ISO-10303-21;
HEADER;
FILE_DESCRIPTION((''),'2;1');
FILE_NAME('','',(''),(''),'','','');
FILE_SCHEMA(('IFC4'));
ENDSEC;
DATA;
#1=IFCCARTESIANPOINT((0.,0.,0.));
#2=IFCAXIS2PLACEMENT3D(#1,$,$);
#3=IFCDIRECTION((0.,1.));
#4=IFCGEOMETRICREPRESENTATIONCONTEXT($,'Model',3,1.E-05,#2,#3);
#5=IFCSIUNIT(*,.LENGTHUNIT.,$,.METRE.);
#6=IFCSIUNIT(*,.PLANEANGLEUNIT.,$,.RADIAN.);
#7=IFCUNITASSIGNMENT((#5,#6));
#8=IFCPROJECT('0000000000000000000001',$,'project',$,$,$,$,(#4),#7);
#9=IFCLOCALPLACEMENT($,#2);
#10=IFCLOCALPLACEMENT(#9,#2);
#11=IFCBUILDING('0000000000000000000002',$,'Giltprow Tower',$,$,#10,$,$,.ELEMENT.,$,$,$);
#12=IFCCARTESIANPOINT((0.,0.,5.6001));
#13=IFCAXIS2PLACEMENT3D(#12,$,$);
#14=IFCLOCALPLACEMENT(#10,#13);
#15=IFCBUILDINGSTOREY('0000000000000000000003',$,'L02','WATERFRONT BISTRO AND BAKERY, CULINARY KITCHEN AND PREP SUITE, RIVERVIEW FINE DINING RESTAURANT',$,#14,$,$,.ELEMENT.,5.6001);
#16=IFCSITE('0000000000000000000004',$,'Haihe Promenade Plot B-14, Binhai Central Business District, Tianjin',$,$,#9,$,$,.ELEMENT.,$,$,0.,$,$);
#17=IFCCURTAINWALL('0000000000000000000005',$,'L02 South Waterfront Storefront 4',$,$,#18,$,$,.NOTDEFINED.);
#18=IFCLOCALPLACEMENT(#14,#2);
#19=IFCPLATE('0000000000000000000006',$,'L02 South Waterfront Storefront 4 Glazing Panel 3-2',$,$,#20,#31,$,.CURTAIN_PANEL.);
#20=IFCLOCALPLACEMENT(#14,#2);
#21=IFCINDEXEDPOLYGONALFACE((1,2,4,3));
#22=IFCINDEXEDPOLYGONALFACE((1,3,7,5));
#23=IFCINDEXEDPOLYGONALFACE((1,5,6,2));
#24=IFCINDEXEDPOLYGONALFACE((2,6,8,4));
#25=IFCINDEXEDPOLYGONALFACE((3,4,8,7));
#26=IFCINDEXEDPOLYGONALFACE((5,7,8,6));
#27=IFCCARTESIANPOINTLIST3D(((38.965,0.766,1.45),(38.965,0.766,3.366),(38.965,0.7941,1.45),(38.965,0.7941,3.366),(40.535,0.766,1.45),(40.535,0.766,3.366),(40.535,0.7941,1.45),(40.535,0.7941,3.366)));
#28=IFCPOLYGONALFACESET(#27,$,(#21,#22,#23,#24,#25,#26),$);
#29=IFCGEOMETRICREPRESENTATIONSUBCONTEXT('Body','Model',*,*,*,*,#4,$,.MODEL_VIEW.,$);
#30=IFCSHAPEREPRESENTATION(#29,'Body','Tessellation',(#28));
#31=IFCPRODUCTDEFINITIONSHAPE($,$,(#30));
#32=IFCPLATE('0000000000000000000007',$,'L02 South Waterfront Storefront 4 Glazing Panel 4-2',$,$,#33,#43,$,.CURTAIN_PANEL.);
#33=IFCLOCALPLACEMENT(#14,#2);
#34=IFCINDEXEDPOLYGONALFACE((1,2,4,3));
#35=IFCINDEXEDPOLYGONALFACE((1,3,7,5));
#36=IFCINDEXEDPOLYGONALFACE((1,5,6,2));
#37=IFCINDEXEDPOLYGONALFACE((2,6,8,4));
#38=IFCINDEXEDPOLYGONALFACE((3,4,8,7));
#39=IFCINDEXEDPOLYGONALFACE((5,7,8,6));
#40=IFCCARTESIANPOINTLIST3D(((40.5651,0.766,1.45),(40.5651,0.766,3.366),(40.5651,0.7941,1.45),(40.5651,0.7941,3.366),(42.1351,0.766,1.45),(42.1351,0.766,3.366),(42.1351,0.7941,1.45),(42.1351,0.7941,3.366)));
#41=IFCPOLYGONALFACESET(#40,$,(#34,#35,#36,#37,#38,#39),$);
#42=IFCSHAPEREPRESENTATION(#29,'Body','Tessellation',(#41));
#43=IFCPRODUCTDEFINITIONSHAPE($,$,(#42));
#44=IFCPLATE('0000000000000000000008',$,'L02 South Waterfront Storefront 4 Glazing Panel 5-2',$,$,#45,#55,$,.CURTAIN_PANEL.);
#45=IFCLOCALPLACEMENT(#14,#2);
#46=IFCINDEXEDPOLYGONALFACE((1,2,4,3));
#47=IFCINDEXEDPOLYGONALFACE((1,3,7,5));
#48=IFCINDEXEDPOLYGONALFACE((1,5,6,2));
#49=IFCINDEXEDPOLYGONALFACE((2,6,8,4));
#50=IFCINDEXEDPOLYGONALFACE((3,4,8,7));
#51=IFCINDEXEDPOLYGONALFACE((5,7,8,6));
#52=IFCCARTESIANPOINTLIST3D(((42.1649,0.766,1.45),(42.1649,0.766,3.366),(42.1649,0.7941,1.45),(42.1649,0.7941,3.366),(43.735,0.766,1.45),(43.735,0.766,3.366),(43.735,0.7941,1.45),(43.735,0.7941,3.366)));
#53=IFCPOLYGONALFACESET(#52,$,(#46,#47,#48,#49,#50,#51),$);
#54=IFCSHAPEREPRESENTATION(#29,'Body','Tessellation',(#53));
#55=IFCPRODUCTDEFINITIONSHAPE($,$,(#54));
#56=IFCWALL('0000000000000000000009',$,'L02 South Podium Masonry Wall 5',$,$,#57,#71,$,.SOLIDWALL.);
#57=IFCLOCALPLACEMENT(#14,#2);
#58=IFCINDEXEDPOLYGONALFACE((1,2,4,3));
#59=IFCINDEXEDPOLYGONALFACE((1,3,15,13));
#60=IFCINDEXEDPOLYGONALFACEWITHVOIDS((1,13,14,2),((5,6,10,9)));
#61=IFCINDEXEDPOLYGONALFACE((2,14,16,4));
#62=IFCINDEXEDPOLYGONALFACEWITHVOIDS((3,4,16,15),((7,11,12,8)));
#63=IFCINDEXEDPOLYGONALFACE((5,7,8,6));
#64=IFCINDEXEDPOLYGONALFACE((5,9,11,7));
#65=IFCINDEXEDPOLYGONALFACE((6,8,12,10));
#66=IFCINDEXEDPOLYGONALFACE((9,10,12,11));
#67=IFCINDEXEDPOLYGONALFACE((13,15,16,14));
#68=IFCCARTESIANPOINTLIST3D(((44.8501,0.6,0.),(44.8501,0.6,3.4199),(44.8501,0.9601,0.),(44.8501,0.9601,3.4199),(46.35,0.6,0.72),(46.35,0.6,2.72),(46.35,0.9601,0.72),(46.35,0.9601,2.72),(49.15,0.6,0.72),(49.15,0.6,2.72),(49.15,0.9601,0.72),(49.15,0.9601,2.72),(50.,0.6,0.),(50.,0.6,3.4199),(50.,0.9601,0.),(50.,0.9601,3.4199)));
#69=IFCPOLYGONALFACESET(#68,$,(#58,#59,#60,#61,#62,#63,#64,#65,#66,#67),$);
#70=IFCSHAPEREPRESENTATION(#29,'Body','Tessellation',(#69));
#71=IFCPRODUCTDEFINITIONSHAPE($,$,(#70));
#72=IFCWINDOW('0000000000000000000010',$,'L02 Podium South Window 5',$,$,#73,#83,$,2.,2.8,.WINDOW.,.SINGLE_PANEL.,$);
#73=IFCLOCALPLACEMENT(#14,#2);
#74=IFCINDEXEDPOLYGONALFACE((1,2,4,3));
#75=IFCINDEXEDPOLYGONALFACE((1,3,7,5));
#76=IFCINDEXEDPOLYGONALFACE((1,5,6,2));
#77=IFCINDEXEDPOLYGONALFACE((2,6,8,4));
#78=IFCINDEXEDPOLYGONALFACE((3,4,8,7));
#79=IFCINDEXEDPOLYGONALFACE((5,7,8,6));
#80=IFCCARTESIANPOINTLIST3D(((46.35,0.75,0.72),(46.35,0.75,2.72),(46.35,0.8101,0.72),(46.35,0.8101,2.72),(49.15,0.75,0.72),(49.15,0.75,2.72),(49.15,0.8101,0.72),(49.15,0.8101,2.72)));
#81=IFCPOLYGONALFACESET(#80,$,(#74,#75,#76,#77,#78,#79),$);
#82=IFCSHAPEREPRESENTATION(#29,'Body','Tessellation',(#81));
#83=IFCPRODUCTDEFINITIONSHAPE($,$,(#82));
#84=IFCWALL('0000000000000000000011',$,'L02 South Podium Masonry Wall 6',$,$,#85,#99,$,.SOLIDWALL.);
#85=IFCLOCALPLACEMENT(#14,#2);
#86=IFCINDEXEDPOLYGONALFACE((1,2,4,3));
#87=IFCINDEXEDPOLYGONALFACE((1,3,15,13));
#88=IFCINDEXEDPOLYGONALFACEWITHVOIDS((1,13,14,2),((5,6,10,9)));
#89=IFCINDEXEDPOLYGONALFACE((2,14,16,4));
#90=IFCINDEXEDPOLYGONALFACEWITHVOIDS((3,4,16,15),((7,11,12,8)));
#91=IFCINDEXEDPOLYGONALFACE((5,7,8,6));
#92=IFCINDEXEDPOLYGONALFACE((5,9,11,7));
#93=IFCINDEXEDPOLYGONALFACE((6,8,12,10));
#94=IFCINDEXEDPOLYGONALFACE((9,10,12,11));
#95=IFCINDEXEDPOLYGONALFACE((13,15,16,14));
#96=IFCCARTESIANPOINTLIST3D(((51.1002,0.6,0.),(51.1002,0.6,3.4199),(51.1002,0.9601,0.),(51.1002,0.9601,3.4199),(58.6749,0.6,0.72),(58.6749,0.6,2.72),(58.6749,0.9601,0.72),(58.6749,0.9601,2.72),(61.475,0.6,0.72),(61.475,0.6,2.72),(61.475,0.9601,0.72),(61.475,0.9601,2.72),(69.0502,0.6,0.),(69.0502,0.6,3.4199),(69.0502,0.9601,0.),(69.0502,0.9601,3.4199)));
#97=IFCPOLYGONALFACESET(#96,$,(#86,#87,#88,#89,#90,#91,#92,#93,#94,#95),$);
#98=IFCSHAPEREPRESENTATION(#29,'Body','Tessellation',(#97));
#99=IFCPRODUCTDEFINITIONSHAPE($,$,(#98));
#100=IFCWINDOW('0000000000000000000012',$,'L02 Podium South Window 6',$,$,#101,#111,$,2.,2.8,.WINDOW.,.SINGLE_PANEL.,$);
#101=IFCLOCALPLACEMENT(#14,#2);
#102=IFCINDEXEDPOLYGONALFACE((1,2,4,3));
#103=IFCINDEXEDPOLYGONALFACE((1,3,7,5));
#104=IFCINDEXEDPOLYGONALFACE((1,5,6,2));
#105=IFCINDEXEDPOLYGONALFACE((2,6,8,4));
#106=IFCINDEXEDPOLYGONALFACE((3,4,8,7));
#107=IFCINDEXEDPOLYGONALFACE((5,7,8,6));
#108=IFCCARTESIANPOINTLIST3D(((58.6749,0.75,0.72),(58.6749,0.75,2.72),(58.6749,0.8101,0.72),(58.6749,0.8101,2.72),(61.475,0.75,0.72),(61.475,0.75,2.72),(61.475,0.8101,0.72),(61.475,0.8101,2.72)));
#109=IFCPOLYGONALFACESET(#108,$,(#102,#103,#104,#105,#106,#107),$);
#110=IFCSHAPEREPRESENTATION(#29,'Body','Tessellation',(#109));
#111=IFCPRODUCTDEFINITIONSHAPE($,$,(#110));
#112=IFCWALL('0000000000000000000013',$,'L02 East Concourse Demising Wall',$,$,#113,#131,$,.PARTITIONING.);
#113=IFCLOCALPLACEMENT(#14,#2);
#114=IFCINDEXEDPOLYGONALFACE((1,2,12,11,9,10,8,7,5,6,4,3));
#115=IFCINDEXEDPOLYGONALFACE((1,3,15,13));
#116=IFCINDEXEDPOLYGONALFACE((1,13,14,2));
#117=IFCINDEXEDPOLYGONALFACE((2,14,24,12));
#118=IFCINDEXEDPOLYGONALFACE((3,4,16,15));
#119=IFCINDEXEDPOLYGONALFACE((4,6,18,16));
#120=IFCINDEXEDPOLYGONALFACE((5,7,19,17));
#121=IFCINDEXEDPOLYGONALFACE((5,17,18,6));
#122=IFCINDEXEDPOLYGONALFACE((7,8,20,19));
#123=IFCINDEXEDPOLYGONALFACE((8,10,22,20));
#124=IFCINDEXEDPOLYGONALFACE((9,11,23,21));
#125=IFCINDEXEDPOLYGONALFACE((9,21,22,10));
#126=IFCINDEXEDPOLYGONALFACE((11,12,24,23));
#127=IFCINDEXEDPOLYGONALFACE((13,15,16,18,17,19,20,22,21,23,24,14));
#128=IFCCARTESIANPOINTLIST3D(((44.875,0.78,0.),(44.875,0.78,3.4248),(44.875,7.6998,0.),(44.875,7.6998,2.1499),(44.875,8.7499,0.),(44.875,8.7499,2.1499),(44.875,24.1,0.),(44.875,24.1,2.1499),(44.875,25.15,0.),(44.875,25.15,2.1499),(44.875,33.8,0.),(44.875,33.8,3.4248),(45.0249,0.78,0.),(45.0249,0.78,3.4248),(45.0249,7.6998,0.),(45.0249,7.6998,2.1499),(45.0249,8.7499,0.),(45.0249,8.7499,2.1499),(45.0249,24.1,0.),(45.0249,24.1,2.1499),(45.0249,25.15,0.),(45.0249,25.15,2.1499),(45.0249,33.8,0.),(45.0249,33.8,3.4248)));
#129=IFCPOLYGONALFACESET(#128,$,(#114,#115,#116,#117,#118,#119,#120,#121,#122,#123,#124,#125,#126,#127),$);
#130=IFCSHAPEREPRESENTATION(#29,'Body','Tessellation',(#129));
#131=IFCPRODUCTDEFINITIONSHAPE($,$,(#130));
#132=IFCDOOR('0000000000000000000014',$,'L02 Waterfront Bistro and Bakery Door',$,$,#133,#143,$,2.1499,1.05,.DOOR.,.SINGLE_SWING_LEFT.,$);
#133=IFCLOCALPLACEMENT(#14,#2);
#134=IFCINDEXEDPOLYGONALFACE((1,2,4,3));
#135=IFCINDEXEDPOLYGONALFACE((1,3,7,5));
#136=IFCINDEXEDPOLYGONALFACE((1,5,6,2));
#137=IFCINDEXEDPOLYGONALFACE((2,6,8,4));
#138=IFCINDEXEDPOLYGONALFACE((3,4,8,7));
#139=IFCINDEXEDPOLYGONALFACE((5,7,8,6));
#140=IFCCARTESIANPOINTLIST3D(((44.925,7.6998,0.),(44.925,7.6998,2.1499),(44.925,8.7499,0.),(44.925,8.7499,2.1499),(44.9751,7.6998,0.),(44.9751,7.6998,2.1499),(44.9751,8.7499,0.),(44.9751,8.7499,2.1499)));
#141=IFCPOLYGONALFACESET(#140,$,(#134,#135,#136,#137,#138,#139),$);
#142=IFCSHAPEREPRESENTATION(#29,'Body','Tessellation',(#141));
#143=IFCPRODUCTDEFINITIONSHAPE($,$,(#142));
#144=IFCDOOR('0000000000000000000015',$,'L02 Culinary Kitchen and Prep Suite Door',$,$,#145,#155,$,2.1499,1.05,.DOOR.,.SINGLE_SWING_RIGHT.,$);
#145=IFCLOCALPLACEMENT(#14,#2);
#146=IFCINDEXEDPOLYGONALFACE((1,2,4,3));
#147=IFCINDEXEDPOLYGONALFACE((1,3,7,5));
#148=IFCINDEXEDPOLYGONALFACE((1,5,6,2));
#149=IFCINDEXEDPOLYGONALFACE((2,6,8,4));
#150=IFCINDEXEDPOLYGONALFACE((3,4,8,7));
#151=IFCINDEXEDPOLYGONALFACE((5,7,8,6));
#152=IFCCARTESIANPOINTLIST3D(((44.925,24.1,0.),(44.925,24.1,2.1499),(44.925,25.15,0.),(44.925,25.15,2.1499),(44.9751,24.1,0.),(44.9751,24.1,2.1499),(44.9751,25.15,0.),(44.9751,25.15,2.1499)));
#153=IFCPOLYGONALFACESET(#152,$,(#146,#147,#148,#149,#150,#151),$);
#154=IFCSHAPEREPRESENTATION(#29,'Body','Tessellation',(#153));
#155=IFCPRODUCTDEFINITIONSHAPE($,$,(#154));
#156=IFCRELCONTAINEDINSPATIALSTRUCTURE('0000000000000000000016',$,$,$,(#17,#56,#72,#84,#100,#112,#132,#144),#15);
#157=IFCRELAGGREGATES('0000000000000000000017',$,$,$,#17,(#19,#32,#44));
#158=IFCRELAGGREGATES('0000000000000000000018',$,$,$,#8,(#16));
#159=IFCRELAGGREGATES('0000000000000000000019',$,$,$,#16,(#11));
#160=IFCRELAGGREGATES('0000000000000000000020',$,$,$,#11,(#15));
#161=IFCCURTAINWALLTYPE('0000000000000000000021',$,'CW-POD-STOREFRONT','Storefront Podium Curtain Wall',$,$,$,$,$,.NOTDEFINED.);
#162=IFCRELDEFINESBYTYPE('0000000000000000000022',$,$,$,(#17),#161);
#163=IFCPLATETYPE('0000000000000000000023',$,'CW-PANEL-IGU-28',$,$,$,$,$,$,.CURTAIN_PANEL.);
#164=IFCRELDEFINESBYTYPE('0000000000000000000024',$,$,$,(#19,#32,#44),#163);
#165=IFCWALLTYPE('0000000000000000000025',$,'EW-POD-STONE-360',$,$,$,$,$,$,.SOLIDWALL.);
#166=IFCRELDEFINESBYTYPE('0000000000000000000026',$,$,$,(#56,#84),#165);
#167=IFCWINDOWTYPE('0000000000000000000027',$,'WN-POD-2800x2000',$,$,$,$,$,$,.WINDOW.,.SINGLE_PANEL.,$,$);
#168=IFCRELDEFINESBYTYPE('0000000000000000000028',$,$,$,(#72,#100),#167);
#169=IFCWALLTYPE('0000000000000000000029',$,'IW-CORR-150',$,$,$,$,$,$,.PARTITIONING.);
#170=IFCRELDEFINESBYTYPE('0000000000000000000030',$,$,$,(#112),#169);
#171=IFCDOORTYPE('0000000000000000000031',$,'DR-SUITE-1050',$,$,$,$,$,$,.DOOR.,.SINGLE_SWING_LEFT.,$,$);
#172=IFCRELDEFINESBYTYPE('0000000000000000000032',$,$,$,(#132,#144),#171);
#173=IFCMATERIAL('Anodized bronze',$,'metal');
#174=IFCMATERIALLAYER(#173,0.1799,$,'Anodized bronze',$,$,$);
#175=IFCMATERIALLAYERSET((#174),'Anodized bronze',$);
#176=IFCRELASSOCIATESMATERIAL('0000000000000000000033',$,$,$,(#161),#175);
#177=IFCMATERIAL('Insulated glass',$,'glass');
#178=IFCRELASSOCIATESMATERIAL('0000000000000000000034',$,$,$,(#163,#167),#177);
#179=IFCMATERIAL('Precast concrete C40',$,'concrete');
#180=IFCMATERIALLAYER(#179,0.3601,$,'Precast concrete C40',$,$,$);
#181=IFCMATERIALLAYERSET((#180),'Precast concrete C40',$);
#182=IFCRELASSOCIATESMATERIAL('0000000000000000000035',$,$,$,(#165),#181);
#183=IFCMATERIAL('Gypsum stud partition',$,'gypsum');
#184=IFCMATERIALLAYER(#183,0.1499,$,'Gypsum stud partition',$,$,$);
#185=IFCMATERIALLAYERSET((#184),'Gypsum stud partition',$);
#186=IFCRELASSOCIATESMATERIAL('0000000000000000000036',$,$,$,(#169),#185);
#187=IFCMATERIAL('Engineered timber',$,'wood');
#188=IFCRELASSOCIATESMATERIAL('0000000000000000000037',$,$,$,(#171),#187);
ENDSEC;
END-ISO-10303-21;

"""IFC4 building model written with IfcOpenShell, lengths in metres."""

from ifc_helpers import new_model, si_unit, direction, frame, frame_2d, origin, origin_2d, place, context, subcontext, project, spatial, rectangle, extrude, source, transform, mapped, material, layer, layer_set, type_object, element, fill, aggregate, save


model = new_model("IFC4")

# Units and contexts
model_context = context("Model", 3, precision=1e-05, world=origin(), true_north=direction((0.0, 1.0)))
body_context = subcontext(model_context, "Body", "Model", "MODEL_VIEW")
ifc_project = project(units=[si_unit("LENGTHUNIT", "METRE"), si_unit("PLANEANGLEUNIT", "RADIAN")], contexts=[model_context])

# Site, building, storey
site_placement = place(None, origin())
site = spatial("IfcSite", under=ifc_project, at=site_placement, Name="Haihe Promenade Plot B-14, Binhai Central Business District, Tianjin", CompositionType="ELEMENT", RefElevation=0.0)
building_placement = place(site_placement, origin())
building = spatial("IfcBuilding", under=site, at=building_placement, Name="Giltprow Tower", CompositionType="ELEMENT")
storey_placement = place(building_placement, frame((0.0, 0.0, 5.6001)))
storey = spatial("IfcBuildingStorey", under=building, at=storey_placement, Name="L02", Description="WATERFRONT BISTRO AND BAKERY, CULINARY KITCHEN AND PREP SUITE, RIVERVIEW FINE DINING RESTAURANT", CompositionType="ELEMENT", Elevation=5.6001)

# Curtain wall, plates
ifc_material_1 = material(Name="Anodized bronze", Category="metal")
ifc_layer_1 = layer(ifc_material_1, 0.1799, Name="Anodized bronze")
ifc_layer_set_1 = layer_set([ifc_layer_1], Name="Anodized bronze")
curtain_wall_type = type_object("IfcCurtainWallType", Name="CW-POD-STOREFRONT", Description="Storefront Podium Curtain Wall", PredefinedType="NOTDEFINED", material=ifc_layer_set_1)
curtain_wall_placement = place(storey_placement, origin())
curtain_wall = element("IfcCurtainWall", 1, at=curtain_wall_placement, inside=storey, type_object=curtain_wall_type, Name="L02 South Waterfront Storefront 4", PredefinedType="NOTDEFINED")
ifc_material_2 = material(Name="Insulated glass", Category="glass")
plate_type = type_object("IfcPlateType", Name="CW-PANEL-IGU-28", PredefinedType="CURTAIN_PANEL", material=ifc_material_2)
shared_shape_1 = source(origin(), body_context, "Body", "SweptSolid", [
    extrude(rectangle(XDim=1.5701, YDim=0.0281, at=origin_2d()), origin(), (0.0, 0.0, 1.0), 1.916),
])
plate_1_placement = place(storey_placement, frame((39.75, 0.78, 1.45), z_axis=(0.0, 0.0, 1.0), x_axis=(1.0, 0.0, 0.0)))
plate_1 = element("IfcPlate", 2, at=plate_1_placement, type_object=plate_type, Name="L02 South Waterfront Storefront 4 Glazing Panel 3-2", PredefinedType="CURTAIN_PANEL", context=body_context, shape_type="MappedRepresentation", body=[
    mapped(shared_shape_1, transform((0.0, 0.0, 0.0), x_axis=(1.0, 0.0, 0.0), y_axis=(0.0, 1.0, 0.0), z_axis=(0.0, 0.0, 1.0), scale=1.0)),
])
plate_2_placement = place(storey_placement, frame((41.3501, 0.78, 1.45), z_axis=(0.0, 0.0, 1.0), x_axis=(1.0, 0.0, 0.0)))
plate_2 = element("IfcPlate", 3, at=plate_2_placement, type_object=plate_type, Name="L02 South Waterfront Storefront 4 Glazing Panel 4-2", PredefinedType="CURTAIN_PANEL", context=body_context, shape_type="MappedRepresentation", body=[
    mapped(shared_shape_1, transform((0.0, 0.0, 0.0), x_axis=(1.0, 0.0, 0.0), y_axis=(0.0, 1.0, 0.0), z_axis=(0.0, 0.0, 1.0), scale=1.0)),
])
plate_3_placement = place(storey_placement, frame((42.95, 0.78, 1.45), z_axis=(0.0, 0.0, 1.0), x_axis=(1.0, 0.0, 0.0)))
plate_3 = element("IfcPlate", 4, at=plate_3_placement, type_object=plate_type, Name="L02 South Waterfront Storefront 4 Glazing Panel 5-2", PredefinedType="CURTAIN_PANEL", context=body_context, shape_type="MappedRepresentation", body=[
    mapped(shared_shape_1, transform((0.0, 0.0, 0.0), x_axis=(1.0, 0.0, 0.0), y_axis=(0.0, 1.0, 0.0), z_axis=(0.0, 0.0, 1.0), scale=1.0)),
])
aggregate(curtain_wall, [plate_1, plate_2, plate_3])

# Walls, openings, windows
ifc_material_3 = material(Name="Precast concrete C40", Category="concrete")
ifc_layer_2 = layer(ifc_material_3, 0.3601, Name="Precast concrete C40")
ifc_layer_set_2 = layer_set([ifc_layer_2], Name="Precast concrete C40")
wall_type_1 = type_object("IfcWallType", Name="EW-POD-STONE-360", PredefinedType="SOLIDWALL", material=ifc_layer_set_2)
wall_1_placement = place(storey_placement, frame((44.8501, 0.78, 0.0), z_axis=(0.0, 0.0, 1.0), x_axis=(1.0, 0.0, 0.0)))
wall_1 = element("IfcWall", 5, at=wall_1_placement, inside=storey, type_object=wall_type_1, Name="L02 South Podium Masonry Wall 5", PredefinedType="SOLIDWALL", context=body_context, shape_type="SweptSolid", body=[
    extrude(rectangle(XDim=5.1499, YDim=0.3601, at=frame_2d((2.575, 0.0))), origin(), (0.0, 0.0, 1.0), 3.4199),
])
opening_1_placement = place(wall_1_placement, frame((1.5, 0.0, 0.72)))
opening_1 = element("IfcOpeningElement", 6, at=opening_1_placement, cuts=wall_1, PredefinedType="OPENING", context=body_context, shape_type="SweptSolid", body=[
    extrude(rectangle(XDim=2.8, YDim=2.0, at=frame_2d((1.3999, 1.0))), frame((0.0, 0.1899, 0.0), z_axis=(0.0, -1.0, 0.0), x_axis=(1.0, 0.0, 0.0)), (0.0, 0.0, 1.0), 0.3801),
])
window_type = type_object("IfcWindowType", Name="WN-POD-2800x2000", PartitioningType="SINGLE_PANEL", PredefinedType="WINDOW", material=ifc_material_2)
shared_shape_2 = source(origin(), body_context, "Body", "SweptSolid", [
    extrude(rectangle(XDim=2.8, YDim=2.0, at=frame_2d((1.3999, 1.0))), frame((0.0, 0.03, 0.0), z_axis=(0.0, -1.0, 0.0), x_axis=(1.0, 0.0, 0.0)), (0.0, 0.0, 1.0), 0.0601),
])
window_1_placement = place(opening_1_placement, origin())
window_1 = element("IfcWindow", 7, at=window_1_placement, inside=storey, type_object=window_type, Name="L02 Podium South Window 5", OverallHeight=2.0, OverallWidth=2.8, PartitioningType="SINGLE_PANEL", PredefinedType="WINDOW", context=body_context, shape_type="MappedRepresentation", body=[
    mapped(shared_shape_2, transform((0.0, 0.0, 0.0), x_axis=(1.0, 0.0, 0.0), y_axis=(0.0, 1.0, 0.0), z_axis=(0.0, 0.0, 1.0), scale=1.0)),
])
fill(opening_1, window_1)
wall_2_placement = place(storey_placement, frame((51.1001, 0.78, 0.0), z_axis=(0.0, 0.0, 1.0), x_axis=(1.0, 0.0, 0.0)))
wall_2 = element("IfcWall", 8, at=wall_2_placement, inside=storey, type_object=wall_type_1, Name="L02 South Podium Masonry Wall 6", PredefinedType="SOLIDWALL", context=body_context, shape_type="SweptSolid", body=[
    extrude(rectangle(XDim=17.95, YDim=0.3601, at=frame_2d((8.9751, 0.0))), origin(), (0.0, 0.0, 1.0), 3.4199),
])
opening_2_placement = place(wall_2_placement, frame((7.575, 0.0, 0.72)))
opening_2 = element("IfcOpeningElement", 9, at=opening_2_placement, cuts=wall_2, PredefinedType="OPENING", context=body_context, shape_type="SweptSolid", body=[
    extrude(rectangle(XDim=2.8, YDim=2.0, at=frame_2d((1.3999, 1.0))), frame((0.0, 0.1899, 0.0), z_axis=(0.0, -1.0, 0.0), x_axis=(1.0, 0.0, 0.0)), (0.0, 0.0, 1.0), 0.3801),
])
window_2_placement = place(opening_2_placement, origin())
window_2 = element("IfcWindow", 10, at=window_2_placement, inside=storey, type_object=window_type, Name="L02 Podium South Window 6", OverallHeight=2.0, OverallWidth=2.8, PartitioningType="SINGLE_PANEL", PredefinedType="WINDOW", context=body_context, shape_type="MappedRepresentation", body=[
    mapped(shared_shape_2, transform((0.0, 0.0, 0.0), x_axis=(1.0, 0.0, 0.0), y_axis=(0.0, 1.0, 0.0), z_axis=(0.0, 0.0, 1.0), scale=1.0)),
])
fill(opening_2, window_2)

# Wall, openings, doors
ifc_material_4 = material(Name="Gypsum stud partition", Category="gypsum")
ifc_layer_3 = layer(ifc_material_4, 0.1499, Name="Gypsum stud partition")
ifc_layer_set_3 = layer_set([ifc_layer_3], Name="Gypsum stud partition")
wall_type_2 = type_object("IfcWallType", Name="IW-CORR-150", PredefinedType="PARTITIONING", material=ifc_layer_set_3)
wall_3_placement = place(storey_placement, frame((44.95, 0.78, 0.0), z_axis=(0.0, 0.0, 1.0), x_axis=(0.0, 1.0, 0.0)))
wall_3 = element("IfcWall", 11, at=wall_3_placement, inside=storey, type_object=wall_type_2, Name="L02 East Concourse Demising Wall", PredefinedType="PARTITIONING", context=body_context, shape_type="SweptSolid", body=[
    extrude(rectangle(XDim=33.02, YDim=0.1499, at=frame_2d((16.51, 0.0))), origin(), (0.0, 0.0, 1.0), 3.4248),
])
opening_3_placement = place(wall_3_placement, frame((6.9199, 0.0, 0.0)))
opening_3 = element("IfcOpeningElement", 12, at=opening_3_placement, cuts=wall_3, PredefinedType="OPENING", context=body_context, shape_type="SweptSolid", body=[
    extrude(rectangle(XDim=1.05, YDim=2.1499, at=frame_2d((0.5249, 1.075))), frame((0.0, 0.085, 0.0), z_axis=(0.0, -1.0, 0.0), x_axis=(1.0, 0.0, 0.0)), (0.0, 0.0, 1.0), 0.1699),
])
opening_4_placement = place(wall_3_placement, frame((23.3201, 0.0, 0.0)))
opening_4 = element("IfcOpeningElement", 13, at=opening_4_placement, cuts=wall_3, PredefinedType="OPENING", context=body_context, shape_type="SweptSolid", body=[
    extrude(rectangle(XDim=1.05, YDim=2.1499, at=frame_2d((0.5249, 1.075))), frame((0.0, 0.085, 0.0), z_axis=(0.0, -1.0, 0.0), x_axis=(1.0, 0.0, 0.0)), (0.0, 0.0, 1.0), 0.1699),
])
ifc_material_5 = material(Name="Engineered timber", Category="wood")
door_type = type_object("IfcDoorType", Name="DR-SUITE-1050", OperationType="SINGLE_SWING_LEFT", PredefinedType="DOOR", material=ifc_material_5)
shared_shape_3 = source(origin(), body_context, "Body", "SweptSolid", [
    extrude(rectangle(XDim=1.05, YDim=2.1499, at=frame_2d((0.5249, 1.075))), frame((0.0, 0.0249, 0.0), z_axis=(0.0, -1.0, 0.0), x_axis=(1.0, 0.0, 0.0)), (0.0, 0.0, 1.0), 0.05),
])
door_1_placement = place(opening_3_placement, origin())
door_1 = element("IfcDoor", 14, at=door_1_placement, inside=storey, type_object=door_type, Name="L02 Waterfront Bistro and Bakery Door", OperationType="SINGLE_SWING_LEFT", OverallHeight=2.1499, OverallWidth=1.05, PredefinedType="DOOR", context=body_context, shape_type="MappedRepresentation", body=[
    mapped(shared_shape_3, transform((0.0, 0.0, 0.0), x_axis=(1.0, 0.0, 0.0), y_axis=(0.0, 1.0, 0.0), z_axis=(0.0, 0.0, 1.0), scale=1.0)),
])
fill(opening_3, door_1)
door_2_placement = place(opening_4_placement, origin())
door_2 = element("IfcDoor", 15, at=door_2_placement, inside=storey, type_object=door_type, Name="L02 Culinary Kitchen and Prep Suite Door", OperationType="SINGLE_SWING_RIGHT", OverallHeight=2.1499, OverallWidth=1.05, PredefinedType="DOOR", context=body_context, shape_type="MappedRepresentation", body=[
    mapped(shared_shape_3, transform((0.0, 0.0, 0.0), x_axis=(1.0, 0.0, 0.0), y_axis=(0.0, 1.0, 0.0), z_axis=(0.0, 0.0, 1.0), scale=1.0)),
])
fill(opening_4, door_2)

save(model, "model.ifc")
